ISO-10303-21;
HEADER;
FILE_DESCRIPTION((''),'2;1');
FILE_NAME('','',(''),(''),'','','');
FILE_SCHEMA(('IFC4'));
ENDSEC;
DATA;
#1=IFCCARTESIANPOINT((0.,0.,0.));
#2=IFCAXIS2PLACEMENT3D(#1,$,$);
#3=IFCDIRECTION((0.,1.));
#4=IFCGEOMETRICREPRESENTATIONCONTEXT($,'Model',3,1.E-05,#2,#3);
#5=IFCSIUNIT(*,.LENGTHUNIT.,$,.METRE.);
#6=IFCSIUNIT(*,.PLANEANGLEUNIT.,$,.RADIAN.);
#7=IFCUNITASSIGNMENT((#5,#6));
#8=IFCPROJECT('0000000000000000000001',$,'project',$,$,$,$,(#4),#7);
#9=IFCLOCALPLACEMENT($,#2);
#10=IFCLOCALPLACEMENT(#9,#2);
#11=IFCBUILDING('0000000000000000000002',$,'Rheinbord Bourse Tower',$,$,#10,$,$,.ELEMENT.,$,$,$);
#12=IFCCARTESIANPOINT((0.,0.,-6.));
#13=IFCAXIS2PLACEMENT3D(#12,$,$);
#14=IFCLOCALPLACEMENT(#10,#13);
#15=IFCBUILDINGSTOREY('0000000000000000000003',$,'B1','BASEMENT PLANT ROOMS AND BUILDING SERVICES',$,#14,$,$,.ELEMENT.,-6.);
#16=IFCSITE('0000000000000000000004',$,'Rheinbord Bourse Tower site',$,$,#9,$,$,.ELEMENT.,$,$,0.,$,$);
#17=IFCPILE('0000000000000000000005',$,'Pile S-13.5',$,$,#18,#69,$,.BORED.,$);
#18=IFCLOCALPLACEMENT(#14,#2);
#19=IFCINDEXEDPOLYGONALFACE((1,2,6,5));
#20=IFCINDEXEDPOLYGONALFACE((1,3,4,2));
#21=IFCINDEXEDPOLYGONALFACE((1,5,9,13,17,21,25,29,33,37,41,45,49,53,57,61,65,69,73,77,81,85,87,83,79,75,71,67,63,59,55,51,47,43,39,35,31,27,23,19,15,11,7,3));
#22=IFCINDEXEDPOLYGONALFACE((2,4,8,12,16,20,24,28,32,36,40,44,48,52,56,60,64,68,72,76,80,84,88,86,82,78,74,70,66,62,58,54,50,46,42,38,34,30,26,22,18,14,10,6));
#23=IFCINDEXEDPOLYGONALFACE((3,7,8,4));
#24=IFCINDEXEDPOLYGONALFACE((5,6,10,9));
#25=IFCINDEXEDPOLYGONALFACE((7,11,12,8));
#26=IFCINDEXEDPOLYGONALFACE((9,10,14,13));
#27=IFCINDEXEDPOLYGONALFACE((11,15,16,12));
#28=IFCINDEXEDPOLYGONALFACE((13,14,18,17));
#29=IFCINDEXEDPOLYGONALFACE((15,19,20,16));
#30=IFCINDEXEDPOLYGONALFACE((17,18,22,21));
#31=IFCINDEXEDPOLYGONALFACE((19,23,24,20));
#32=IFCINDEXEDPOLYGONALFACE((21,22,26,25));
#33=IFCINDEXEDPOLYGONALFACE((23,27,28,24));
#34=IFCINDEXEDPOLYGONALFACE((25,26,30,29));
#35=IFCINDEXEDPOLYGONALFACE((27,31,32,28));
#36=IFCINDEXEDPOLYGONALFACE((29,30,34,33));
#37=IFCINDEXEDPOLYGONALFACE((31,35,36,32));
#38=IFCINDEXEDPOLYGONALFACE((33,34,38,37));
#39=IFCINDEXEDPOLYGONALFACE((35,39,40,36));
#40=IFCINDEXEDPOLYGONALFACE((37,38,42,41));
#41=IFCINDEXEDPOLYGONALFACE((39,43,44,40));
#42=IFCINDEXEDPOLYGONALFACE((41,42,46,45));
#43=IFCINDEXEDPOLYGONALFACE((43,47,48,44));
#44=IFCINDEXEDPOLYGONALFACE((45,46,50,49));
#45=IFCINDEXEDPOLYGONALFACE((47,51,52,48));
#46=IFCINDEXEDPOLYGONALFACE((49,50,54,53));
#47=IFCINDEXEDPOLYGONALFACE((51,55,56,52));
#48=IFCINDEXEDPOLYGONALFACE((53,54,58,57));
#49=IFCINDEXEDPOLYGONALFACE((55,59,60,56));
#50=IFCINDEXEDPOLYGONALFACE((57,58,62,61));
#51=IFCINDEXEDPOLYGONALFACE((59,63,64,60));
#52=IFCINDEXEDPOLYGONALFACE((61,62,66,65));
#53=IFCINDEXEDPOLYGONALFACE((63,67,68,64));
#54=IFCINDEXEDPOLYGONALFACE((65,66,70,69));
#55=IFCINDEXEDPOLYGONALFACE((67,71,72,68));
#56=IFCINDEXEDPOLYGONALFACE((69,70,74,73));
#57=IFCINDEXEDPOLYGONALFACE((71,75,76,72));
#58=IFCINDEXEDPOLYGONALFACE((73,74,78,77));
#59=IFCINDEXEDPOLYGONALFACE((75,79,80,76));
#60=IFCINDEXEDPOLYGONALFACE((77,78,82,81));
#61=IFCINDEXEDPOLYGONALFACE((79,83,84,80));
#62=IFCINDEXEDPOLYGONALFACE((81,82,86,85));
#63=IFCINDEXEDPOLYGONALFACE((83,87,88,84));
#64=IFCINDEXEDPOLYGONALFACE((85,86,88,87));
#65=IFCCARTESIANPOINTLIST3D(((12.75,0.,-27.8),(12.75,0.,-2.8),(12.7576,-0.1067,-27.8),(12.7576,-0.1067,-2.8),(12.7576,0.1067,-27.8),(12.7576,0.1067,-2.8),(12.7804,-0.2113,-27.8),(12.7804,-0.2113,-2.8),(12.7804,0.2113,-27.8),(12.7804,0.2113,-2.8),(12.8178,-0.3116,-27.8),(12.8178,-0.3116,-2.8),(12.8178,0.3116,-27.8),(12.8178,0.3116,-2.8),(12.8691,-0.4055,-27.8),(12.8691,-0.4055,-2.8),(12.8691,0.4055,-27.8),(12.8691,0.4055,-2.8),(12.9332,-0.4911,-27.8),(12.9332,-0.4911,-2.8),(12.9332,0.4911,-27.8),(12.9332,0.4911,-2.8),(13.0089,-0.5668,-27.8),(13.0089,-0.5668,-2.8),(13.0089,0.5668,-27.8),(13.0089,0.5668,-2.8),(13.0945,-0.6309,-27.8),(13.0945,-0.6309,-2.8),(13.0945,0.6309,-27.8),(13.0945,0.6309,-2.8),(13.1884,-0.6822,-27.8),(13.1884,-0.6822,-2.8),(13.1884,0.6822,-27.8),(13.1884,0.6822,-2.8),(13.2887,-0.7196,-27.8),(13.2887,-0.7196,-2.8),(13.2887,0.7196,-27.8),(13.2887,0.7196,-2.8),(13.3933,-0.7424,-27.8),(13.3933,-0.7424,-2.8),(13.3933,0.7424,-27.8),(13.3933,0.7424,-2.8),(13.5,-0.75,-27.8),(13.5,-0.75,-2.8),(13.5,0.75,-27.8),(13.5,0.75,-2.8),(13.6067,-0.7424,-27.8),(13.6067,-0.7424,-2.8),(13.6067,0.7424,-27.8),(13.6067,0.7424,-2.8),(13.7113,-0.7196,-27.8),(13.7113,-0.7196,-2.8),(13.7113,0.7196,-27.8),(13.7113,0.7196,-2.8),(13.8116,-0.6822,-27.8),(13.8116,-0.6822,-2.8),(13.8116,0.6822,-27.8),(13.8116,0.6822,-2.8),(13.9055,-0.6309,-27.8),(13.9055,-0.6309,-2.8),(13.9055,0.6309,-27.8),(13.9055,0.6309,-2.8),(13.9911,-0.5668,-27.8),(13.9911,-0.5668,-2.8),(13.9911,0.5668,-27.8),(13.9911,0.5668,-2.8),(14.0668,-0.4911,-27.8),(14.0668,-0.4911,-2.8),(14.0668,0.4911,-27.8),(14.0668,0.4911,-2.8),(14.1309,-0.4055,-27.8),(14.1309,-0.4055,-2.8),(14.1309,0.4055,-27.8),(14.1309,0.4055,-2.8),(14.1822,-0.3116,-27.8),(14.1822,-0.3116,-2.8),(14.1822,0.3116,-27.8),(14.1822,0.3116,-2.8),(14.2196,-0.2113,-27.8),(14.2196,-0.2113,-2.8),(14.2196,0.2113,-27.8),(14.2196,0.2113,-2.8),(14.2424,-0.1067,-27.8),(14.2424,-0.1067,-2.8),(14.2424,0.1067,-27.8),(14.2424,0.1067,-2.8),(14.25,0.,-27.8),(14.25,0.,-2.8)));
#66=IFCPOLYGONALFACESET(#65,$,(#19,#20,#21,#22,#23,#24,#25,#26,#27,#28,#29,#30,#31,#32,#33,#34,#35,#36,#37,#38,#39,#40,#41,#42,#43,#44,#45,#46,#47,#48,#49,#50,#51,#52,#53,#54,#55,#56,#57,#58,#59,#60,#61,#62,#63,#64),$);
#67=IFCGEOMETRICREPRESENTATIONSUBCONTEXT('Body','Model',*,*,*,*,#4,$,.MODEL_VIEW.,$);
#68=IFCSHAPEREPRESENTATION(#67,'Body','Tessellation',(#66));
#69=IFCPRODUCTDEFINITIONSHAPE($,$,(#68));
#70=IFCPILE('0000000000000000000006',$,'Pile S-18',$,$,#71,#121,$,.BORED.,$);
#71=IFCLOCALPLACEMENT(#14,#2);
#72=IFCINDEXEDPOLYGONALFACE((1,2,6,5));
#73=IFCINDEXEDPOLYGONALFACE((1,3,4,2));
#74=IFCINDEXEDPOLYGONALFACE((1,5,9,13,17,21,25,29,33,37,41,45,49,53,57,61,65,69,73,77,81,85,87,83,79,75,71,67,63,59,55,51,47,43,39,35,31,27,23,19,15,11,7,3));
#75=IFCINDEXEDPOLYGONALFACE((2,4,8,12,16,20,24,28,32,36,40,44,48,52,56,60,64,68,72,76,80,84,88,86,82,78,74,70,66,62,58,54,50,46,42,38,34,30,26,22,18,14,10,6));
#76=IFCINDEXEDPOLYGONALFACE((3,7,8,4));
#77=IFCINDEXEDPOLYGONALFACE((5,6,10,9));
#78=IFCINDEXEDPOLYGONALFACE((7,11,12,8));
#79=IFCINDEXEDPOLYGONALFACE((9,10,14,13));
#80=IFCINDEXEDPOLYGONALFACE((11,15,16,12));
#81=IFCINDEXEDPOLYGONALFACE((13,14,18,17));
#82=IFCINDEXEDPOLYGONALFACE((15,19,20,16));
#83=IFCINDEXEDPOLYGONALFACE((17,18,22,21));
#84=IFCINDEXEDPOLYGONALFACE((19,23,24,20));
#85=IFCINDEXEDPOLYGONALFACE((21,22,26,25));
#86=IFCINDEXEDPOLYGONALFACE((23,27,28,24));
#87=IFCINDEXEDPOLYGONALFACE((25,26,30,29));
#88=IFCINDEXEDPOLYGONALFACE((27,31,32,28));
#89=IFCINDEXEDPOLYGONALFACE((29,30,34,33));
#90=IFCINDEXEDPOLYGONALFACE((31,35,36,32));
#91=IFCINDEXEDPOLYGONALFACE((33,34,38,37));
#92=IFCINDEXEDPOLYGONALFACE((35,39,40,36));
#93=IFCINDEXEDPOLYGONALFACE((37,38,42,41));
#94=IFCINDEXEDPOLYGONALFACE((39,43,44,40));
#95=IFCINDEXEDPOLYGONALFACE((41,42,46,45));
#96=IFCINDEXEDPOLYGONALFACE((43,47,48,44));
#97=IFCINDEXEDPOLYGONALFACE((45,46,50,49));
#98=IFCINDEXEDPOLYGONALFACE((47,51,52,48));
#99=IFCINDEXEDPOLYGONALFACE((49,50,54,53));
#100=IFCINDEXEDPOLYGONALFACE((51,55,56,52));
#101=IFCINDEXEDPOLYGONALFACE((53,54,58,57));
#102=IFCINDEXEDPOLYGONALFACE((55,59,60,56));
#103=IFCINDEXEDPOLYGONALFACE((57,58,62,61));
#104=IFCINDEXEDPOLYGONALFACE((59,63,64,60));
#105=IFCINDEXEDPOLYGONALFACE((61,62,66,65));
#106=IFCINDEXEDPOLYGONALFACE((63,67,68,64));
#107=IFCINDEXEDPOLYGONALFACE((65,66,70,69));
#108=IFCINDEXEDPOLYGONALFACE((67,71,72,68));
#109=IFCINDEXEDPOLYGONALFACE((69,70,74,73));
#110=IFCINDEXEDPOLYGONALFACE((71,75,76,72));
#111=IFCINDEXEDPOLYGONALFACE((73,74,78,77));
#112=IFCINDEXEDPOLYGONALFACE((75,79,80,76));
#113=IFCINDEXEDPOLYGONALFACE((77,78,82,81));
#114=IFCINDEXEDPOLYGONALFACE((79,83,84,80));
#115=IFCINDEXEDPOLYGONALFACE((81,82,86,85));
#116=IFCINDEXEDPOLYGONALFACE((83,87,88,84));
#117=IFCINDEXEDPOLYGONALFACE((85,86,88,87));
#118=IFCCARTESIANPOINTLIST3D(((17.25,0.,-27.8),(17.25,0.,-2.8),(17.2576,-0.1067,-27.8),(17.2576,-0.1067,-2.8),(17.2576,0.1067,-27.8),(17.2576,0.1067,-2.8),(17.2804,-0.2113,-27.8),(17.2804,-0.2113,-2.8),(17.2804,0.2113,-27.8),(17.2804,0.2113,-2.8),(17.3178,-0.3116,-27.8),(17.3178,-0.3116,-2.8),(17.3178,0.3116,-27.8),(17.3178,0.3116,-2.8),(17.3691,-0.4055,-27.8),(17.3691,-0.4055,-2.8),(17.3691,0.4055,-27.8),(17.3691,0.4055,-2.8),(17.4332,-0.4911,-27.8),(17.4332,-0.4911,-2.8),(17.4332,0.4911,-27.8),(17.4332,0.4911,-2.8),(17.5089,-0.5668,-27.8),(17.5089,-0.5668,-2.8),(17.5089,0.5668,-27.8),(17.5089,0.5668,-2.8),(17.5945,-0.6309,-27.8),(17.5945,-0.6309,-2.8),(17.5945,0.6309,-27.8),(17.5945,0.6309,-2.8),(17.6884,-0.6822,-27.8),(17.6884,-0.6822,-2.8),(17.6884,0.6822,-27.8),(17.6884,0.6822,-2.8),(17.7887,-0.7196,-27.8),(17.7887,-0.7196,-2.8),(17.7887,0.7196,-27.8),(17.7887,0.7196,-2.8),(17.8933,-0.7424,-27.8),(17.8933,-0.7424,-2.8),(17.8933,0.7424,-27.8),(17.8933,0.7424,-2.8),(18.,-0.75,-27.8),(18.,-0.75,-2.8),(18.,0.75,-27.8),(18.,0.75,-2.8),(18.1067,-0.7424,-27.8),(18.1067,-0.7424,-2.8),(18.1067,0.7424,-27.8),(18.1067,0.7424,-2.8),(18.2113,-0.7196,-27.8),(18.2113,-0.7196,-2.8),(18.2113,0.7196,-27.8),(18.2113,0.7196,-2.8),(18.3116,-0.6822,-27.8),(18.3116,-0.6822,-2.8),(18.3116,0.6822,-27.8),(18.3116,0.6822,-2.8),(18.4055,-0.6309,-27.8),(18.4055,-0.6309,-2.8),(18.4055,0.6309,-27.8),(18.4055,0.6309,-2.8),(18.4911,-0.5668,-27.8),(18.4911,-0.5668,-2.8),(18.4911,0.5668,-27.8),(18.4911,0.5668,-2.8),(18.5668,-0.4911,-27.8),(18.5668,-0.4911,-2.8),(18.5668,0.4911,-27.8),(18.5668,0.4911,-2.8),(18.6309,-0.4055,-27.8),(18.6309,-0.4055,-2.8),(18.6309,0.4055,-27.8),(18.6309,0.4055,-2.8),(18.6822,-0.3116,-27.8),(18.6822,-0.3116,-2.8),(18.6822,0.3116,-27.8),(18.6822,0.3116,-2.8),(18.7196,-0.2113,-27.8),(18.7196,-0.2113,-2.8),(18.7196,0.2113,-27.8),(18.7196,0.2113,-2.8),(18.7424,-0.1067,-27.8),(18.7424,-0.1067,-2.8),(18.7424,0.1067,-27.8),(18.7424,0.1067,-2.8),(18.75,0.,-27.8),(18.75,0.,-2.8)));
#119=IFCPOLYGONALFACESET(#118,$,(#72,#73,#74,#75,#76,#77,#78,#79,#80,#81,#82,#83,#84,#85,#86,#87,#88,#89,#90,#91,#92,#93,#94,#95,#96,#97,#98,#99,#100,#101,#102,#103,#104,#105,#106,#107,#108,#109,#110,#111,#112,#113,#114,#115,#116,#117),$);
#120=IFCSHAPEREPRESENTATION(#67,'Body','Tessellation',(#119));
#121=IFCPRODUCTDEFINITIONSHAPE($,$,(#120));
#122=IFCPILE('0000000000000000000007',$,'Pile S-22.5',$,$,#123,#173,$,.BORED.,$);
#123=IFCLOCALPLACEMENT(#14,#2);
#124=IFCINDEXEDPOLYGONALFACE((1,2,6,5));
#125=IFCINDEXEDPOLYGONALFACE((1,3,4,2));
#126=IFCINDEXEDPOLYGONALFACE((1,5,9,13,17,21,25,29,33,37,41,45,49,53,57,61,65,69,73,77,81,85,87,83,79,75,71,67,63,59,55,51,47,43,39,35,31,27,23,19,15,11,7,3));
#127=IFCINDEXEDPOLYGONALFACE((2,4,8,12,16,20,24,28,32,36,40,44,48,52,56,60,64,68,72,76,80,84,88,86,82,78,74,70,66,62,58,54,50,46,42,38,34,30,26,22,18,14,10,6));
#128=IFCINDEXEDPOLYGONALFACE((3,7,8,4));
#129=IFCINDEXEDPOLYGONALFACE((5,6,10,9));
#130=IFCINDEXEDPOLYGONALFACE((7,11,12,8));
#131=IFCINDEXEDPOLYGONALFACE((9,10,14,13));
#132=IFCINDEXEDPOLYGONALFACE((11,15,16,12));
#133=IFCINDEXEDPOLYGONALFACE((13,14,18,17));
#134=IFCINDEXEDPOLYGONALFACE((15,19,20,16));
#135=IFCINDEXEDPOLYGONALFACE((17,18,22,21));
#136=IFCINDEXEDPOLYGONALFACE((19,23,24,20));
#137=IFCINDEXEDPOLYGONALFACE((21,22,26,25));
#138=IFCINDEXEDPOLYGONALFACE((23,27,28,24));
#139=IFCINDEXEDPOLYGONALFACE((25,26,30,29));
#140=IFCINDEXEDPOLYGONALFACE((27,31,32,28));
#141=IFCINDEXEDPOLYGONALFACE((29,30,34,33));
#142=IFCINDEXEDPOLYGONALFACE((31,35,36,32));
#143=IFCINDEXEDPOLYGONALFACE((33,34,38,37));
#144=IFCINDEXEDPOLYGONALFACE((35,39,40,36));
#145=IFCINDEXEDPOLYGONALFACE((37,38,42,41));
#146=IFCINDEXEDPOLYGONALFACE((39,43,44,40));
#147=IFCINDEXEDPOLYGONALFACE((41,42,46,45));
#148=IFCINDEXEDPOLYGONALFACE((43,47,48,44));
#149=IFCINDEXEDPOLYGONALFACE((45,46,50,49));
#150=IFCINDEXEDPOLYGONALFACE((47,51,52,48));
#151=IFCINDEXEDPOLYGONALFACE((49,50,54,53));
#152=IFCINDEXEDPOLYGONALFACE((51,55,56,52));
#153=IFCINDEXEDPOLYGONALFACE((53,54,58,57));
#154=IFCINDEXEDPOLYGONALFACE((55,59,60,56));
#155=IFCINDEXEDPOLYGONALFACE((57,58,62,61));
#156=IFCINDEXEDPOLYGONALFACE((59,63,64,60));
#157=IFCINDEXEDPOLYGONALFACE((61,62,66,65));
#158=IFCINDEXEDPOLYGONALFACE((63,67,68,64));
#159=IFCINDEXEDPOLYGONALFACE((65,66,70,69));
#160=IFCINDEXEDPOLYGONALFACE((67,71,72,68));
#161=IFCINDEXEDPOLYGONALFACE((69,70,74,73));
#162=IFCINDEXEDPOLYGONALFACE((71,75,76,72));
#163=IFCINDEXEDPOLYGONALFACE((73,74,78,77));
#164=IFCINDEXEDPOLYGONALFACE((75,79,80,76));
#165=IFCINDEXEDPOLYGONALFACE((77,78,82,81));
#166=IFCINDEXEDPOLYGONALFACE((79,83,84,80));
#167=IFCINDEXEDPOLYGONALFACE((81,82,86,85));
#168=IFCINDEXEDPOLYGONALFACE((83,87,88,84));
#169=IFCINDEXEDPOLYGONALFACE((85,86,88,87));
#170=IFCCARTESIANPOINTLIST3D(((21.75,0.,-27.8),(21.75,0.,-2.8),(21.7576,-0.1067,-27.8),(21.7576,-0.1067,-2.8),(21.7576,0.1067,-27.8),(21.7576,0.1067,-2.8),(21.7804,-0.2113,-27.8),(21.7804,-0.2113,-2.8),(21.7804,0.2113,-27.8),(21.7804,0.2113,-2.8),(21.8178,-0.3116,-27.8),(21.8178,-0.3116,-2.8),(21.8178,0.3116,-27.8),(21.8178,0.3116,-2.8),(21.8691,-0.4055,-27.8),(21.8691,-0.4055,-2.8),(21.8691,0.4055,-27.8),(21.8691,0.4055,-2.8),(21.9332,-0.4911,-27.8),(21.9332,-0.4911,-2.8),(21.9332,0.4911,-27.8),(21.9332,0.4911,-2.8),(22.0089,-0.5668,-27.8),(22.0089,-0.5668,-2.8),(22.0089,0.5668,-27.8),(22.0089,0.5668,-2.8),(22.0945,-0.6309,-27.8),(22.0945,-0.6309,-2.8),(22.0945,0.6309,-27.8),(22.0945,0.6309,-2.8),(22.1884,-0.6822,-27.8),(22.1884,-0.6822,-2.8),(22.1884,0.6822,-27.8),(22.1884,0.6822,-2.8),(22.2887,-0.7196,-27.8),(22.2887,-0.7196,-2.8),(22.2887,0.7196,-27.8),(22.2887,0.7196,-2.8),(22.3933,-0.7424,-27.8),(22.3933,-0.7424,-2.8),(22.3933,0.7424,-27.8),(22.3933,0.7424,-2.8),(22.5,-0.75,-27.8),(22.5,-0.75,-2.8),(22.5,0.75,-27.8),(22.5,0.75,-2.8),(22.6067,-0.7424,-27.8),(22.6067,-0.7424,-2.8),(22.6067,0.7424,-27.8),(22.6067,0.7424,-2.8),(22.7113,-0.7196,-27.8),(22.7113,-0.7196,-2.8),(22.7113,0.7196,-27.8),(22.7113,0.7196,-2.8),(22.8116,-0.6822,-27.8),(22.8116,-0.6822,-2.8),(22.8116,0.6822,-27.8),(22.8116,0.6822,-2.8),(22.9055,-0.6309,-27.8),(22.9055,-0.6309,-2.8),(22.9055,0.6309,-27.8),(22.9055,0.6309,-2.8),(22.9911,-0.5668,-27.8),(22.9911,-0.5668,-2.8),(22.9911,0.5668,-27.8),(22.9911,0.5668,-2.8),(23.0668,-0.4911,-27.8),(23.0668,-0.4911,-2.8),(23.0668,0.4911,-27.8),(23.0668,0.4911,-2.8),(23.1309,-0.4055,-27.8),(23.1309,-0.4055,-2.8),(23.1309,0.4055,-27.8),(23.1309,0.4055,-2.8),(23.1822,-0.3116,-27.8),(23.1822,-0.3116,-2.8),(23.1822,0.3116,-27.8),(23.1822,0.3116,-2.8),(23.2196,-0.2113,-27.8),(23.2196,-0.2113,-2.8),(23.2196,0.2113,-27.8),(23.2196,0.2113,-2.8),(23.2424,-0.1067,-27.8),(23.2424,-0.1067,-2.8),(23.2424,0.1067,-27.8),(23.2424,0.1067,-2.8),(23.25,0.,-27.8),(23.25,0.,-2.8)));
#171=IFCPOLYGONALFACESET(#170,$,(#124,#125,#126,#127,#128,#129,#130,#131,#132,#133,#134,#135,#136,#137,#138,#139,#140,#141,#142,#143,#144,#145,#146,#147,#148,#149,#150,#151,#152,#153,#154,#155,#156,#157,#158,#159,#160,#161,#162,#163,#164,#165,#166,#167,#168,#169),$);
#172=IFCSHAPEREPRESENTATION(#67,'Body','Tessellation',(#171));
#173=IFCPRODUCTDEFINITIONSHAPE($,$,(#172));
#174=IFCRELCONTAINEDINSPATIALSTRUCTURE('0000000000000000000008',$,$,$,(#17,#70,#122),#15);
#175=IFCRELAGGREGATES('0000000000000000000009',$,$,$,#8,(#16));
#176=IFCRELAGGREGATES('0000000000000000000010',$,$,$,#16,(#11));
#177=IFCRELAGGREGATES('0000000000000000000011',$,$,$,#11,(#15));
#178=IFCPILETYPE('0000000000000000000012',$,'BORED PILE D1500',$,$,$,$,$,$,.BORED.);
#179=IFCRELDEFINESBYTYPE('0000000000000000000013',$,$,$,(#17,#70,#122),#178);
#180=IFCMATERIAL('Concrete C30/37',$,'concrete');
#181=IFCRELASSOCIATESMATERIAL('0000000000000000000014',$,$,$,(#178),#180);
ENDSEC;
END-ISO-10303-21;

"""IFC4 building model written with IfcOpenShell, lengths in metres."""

from ifc_helpers import new_model, si_unit, direction, frame, origin, origin_2d, place, context, subcontext, project, spatial, circle, extrude, material, material_profile, profile_set, type_object, element, save


model = new_model("IFC4")

# Units and contexts
model_context = context("Model", 3, precision=1e-05, world=origin(), true_north=direction((0.0, 1.0)))
body_context = subcontext(model_context, "Body", "Model", "MODEL_VIEW")
ifc_project = project(units=[si_unit("LENGTHUNIT", "METRE"), si_unit("PLANEANGLEUNIT", "RADIAN")], contexts=[model_context])

# Site, building, storey
site_placement = place(None, origin())
site = spatial("IfcSite", under=ifc_project, at=site_placement, Name="Rheinbord Bourse Tower site", CompositionType="ELEMENT", RefElevation=0.0)
building_placement = place(site_placement, origin())
building = spatial("IfcBuilding", under=site, at=building_placement, Name="Rheinbord Bourse Tower", CompositionType="ELEMENT")
storey_placement = place(building_placement, frame((0.0, 0.0, -6.0)))
storey = spatial("IfcBuildingStorey", under=building, at=storey_placement, Name="B1", Description="BASEMENT PLANT ROOMS AND BUILDING SERVICES", CompositionType="ELEMENT", Elevation=-6.0)

# Piles
ifc_material_1 = material(Name="Concrete C30/37", Category="concrete")
ifc_material_profile_1 = material_profile(ifc_material_1, circle(Radius=0.75, at=origin_2d()), Name="D1500")
ifc_profile_set_1 = profile_set([ifc_material_profile_1], Name="Concrete C30/37")
pile_type = type_object("IfcPileType", Name="BORED PILE D1500", PredefinedType="BORED", material=ifc_profile_set_1)
for number, where, z_axis, x_axis, name in (
    (1, (13.5, 0.0, -2.8), (0.0, 0.0, -1.0), (1.0, 0.0, 0.0), "Pile S-13.5"),
    (2, (18.0, 0.0, -2.8), (0.0, 0.0, -1.0), (1.0, 0.0, 0.0), "Pile S-18"),
    (3, (22.5, 0.0, -2.8), (0.0, 0.0, -1.0), (1.0, 0.0, 0.0), "Pile S-22.5"),
):
    element("IfcPile", number, at=place(storey_placement, frame(where, z_axis=z_axis, x_axis=x_axis)), inside=storey, type_object=pile_type, Name=name, PredefinedType="BORED", context=body_context, shape_type="SweptSolid", body=[
        extrude(circle(Radius=0.75, at=origin_2d()), origin(), (0.0, 0.0, 1.0), 25.0),
    ])

save(model, "model.ifc")
